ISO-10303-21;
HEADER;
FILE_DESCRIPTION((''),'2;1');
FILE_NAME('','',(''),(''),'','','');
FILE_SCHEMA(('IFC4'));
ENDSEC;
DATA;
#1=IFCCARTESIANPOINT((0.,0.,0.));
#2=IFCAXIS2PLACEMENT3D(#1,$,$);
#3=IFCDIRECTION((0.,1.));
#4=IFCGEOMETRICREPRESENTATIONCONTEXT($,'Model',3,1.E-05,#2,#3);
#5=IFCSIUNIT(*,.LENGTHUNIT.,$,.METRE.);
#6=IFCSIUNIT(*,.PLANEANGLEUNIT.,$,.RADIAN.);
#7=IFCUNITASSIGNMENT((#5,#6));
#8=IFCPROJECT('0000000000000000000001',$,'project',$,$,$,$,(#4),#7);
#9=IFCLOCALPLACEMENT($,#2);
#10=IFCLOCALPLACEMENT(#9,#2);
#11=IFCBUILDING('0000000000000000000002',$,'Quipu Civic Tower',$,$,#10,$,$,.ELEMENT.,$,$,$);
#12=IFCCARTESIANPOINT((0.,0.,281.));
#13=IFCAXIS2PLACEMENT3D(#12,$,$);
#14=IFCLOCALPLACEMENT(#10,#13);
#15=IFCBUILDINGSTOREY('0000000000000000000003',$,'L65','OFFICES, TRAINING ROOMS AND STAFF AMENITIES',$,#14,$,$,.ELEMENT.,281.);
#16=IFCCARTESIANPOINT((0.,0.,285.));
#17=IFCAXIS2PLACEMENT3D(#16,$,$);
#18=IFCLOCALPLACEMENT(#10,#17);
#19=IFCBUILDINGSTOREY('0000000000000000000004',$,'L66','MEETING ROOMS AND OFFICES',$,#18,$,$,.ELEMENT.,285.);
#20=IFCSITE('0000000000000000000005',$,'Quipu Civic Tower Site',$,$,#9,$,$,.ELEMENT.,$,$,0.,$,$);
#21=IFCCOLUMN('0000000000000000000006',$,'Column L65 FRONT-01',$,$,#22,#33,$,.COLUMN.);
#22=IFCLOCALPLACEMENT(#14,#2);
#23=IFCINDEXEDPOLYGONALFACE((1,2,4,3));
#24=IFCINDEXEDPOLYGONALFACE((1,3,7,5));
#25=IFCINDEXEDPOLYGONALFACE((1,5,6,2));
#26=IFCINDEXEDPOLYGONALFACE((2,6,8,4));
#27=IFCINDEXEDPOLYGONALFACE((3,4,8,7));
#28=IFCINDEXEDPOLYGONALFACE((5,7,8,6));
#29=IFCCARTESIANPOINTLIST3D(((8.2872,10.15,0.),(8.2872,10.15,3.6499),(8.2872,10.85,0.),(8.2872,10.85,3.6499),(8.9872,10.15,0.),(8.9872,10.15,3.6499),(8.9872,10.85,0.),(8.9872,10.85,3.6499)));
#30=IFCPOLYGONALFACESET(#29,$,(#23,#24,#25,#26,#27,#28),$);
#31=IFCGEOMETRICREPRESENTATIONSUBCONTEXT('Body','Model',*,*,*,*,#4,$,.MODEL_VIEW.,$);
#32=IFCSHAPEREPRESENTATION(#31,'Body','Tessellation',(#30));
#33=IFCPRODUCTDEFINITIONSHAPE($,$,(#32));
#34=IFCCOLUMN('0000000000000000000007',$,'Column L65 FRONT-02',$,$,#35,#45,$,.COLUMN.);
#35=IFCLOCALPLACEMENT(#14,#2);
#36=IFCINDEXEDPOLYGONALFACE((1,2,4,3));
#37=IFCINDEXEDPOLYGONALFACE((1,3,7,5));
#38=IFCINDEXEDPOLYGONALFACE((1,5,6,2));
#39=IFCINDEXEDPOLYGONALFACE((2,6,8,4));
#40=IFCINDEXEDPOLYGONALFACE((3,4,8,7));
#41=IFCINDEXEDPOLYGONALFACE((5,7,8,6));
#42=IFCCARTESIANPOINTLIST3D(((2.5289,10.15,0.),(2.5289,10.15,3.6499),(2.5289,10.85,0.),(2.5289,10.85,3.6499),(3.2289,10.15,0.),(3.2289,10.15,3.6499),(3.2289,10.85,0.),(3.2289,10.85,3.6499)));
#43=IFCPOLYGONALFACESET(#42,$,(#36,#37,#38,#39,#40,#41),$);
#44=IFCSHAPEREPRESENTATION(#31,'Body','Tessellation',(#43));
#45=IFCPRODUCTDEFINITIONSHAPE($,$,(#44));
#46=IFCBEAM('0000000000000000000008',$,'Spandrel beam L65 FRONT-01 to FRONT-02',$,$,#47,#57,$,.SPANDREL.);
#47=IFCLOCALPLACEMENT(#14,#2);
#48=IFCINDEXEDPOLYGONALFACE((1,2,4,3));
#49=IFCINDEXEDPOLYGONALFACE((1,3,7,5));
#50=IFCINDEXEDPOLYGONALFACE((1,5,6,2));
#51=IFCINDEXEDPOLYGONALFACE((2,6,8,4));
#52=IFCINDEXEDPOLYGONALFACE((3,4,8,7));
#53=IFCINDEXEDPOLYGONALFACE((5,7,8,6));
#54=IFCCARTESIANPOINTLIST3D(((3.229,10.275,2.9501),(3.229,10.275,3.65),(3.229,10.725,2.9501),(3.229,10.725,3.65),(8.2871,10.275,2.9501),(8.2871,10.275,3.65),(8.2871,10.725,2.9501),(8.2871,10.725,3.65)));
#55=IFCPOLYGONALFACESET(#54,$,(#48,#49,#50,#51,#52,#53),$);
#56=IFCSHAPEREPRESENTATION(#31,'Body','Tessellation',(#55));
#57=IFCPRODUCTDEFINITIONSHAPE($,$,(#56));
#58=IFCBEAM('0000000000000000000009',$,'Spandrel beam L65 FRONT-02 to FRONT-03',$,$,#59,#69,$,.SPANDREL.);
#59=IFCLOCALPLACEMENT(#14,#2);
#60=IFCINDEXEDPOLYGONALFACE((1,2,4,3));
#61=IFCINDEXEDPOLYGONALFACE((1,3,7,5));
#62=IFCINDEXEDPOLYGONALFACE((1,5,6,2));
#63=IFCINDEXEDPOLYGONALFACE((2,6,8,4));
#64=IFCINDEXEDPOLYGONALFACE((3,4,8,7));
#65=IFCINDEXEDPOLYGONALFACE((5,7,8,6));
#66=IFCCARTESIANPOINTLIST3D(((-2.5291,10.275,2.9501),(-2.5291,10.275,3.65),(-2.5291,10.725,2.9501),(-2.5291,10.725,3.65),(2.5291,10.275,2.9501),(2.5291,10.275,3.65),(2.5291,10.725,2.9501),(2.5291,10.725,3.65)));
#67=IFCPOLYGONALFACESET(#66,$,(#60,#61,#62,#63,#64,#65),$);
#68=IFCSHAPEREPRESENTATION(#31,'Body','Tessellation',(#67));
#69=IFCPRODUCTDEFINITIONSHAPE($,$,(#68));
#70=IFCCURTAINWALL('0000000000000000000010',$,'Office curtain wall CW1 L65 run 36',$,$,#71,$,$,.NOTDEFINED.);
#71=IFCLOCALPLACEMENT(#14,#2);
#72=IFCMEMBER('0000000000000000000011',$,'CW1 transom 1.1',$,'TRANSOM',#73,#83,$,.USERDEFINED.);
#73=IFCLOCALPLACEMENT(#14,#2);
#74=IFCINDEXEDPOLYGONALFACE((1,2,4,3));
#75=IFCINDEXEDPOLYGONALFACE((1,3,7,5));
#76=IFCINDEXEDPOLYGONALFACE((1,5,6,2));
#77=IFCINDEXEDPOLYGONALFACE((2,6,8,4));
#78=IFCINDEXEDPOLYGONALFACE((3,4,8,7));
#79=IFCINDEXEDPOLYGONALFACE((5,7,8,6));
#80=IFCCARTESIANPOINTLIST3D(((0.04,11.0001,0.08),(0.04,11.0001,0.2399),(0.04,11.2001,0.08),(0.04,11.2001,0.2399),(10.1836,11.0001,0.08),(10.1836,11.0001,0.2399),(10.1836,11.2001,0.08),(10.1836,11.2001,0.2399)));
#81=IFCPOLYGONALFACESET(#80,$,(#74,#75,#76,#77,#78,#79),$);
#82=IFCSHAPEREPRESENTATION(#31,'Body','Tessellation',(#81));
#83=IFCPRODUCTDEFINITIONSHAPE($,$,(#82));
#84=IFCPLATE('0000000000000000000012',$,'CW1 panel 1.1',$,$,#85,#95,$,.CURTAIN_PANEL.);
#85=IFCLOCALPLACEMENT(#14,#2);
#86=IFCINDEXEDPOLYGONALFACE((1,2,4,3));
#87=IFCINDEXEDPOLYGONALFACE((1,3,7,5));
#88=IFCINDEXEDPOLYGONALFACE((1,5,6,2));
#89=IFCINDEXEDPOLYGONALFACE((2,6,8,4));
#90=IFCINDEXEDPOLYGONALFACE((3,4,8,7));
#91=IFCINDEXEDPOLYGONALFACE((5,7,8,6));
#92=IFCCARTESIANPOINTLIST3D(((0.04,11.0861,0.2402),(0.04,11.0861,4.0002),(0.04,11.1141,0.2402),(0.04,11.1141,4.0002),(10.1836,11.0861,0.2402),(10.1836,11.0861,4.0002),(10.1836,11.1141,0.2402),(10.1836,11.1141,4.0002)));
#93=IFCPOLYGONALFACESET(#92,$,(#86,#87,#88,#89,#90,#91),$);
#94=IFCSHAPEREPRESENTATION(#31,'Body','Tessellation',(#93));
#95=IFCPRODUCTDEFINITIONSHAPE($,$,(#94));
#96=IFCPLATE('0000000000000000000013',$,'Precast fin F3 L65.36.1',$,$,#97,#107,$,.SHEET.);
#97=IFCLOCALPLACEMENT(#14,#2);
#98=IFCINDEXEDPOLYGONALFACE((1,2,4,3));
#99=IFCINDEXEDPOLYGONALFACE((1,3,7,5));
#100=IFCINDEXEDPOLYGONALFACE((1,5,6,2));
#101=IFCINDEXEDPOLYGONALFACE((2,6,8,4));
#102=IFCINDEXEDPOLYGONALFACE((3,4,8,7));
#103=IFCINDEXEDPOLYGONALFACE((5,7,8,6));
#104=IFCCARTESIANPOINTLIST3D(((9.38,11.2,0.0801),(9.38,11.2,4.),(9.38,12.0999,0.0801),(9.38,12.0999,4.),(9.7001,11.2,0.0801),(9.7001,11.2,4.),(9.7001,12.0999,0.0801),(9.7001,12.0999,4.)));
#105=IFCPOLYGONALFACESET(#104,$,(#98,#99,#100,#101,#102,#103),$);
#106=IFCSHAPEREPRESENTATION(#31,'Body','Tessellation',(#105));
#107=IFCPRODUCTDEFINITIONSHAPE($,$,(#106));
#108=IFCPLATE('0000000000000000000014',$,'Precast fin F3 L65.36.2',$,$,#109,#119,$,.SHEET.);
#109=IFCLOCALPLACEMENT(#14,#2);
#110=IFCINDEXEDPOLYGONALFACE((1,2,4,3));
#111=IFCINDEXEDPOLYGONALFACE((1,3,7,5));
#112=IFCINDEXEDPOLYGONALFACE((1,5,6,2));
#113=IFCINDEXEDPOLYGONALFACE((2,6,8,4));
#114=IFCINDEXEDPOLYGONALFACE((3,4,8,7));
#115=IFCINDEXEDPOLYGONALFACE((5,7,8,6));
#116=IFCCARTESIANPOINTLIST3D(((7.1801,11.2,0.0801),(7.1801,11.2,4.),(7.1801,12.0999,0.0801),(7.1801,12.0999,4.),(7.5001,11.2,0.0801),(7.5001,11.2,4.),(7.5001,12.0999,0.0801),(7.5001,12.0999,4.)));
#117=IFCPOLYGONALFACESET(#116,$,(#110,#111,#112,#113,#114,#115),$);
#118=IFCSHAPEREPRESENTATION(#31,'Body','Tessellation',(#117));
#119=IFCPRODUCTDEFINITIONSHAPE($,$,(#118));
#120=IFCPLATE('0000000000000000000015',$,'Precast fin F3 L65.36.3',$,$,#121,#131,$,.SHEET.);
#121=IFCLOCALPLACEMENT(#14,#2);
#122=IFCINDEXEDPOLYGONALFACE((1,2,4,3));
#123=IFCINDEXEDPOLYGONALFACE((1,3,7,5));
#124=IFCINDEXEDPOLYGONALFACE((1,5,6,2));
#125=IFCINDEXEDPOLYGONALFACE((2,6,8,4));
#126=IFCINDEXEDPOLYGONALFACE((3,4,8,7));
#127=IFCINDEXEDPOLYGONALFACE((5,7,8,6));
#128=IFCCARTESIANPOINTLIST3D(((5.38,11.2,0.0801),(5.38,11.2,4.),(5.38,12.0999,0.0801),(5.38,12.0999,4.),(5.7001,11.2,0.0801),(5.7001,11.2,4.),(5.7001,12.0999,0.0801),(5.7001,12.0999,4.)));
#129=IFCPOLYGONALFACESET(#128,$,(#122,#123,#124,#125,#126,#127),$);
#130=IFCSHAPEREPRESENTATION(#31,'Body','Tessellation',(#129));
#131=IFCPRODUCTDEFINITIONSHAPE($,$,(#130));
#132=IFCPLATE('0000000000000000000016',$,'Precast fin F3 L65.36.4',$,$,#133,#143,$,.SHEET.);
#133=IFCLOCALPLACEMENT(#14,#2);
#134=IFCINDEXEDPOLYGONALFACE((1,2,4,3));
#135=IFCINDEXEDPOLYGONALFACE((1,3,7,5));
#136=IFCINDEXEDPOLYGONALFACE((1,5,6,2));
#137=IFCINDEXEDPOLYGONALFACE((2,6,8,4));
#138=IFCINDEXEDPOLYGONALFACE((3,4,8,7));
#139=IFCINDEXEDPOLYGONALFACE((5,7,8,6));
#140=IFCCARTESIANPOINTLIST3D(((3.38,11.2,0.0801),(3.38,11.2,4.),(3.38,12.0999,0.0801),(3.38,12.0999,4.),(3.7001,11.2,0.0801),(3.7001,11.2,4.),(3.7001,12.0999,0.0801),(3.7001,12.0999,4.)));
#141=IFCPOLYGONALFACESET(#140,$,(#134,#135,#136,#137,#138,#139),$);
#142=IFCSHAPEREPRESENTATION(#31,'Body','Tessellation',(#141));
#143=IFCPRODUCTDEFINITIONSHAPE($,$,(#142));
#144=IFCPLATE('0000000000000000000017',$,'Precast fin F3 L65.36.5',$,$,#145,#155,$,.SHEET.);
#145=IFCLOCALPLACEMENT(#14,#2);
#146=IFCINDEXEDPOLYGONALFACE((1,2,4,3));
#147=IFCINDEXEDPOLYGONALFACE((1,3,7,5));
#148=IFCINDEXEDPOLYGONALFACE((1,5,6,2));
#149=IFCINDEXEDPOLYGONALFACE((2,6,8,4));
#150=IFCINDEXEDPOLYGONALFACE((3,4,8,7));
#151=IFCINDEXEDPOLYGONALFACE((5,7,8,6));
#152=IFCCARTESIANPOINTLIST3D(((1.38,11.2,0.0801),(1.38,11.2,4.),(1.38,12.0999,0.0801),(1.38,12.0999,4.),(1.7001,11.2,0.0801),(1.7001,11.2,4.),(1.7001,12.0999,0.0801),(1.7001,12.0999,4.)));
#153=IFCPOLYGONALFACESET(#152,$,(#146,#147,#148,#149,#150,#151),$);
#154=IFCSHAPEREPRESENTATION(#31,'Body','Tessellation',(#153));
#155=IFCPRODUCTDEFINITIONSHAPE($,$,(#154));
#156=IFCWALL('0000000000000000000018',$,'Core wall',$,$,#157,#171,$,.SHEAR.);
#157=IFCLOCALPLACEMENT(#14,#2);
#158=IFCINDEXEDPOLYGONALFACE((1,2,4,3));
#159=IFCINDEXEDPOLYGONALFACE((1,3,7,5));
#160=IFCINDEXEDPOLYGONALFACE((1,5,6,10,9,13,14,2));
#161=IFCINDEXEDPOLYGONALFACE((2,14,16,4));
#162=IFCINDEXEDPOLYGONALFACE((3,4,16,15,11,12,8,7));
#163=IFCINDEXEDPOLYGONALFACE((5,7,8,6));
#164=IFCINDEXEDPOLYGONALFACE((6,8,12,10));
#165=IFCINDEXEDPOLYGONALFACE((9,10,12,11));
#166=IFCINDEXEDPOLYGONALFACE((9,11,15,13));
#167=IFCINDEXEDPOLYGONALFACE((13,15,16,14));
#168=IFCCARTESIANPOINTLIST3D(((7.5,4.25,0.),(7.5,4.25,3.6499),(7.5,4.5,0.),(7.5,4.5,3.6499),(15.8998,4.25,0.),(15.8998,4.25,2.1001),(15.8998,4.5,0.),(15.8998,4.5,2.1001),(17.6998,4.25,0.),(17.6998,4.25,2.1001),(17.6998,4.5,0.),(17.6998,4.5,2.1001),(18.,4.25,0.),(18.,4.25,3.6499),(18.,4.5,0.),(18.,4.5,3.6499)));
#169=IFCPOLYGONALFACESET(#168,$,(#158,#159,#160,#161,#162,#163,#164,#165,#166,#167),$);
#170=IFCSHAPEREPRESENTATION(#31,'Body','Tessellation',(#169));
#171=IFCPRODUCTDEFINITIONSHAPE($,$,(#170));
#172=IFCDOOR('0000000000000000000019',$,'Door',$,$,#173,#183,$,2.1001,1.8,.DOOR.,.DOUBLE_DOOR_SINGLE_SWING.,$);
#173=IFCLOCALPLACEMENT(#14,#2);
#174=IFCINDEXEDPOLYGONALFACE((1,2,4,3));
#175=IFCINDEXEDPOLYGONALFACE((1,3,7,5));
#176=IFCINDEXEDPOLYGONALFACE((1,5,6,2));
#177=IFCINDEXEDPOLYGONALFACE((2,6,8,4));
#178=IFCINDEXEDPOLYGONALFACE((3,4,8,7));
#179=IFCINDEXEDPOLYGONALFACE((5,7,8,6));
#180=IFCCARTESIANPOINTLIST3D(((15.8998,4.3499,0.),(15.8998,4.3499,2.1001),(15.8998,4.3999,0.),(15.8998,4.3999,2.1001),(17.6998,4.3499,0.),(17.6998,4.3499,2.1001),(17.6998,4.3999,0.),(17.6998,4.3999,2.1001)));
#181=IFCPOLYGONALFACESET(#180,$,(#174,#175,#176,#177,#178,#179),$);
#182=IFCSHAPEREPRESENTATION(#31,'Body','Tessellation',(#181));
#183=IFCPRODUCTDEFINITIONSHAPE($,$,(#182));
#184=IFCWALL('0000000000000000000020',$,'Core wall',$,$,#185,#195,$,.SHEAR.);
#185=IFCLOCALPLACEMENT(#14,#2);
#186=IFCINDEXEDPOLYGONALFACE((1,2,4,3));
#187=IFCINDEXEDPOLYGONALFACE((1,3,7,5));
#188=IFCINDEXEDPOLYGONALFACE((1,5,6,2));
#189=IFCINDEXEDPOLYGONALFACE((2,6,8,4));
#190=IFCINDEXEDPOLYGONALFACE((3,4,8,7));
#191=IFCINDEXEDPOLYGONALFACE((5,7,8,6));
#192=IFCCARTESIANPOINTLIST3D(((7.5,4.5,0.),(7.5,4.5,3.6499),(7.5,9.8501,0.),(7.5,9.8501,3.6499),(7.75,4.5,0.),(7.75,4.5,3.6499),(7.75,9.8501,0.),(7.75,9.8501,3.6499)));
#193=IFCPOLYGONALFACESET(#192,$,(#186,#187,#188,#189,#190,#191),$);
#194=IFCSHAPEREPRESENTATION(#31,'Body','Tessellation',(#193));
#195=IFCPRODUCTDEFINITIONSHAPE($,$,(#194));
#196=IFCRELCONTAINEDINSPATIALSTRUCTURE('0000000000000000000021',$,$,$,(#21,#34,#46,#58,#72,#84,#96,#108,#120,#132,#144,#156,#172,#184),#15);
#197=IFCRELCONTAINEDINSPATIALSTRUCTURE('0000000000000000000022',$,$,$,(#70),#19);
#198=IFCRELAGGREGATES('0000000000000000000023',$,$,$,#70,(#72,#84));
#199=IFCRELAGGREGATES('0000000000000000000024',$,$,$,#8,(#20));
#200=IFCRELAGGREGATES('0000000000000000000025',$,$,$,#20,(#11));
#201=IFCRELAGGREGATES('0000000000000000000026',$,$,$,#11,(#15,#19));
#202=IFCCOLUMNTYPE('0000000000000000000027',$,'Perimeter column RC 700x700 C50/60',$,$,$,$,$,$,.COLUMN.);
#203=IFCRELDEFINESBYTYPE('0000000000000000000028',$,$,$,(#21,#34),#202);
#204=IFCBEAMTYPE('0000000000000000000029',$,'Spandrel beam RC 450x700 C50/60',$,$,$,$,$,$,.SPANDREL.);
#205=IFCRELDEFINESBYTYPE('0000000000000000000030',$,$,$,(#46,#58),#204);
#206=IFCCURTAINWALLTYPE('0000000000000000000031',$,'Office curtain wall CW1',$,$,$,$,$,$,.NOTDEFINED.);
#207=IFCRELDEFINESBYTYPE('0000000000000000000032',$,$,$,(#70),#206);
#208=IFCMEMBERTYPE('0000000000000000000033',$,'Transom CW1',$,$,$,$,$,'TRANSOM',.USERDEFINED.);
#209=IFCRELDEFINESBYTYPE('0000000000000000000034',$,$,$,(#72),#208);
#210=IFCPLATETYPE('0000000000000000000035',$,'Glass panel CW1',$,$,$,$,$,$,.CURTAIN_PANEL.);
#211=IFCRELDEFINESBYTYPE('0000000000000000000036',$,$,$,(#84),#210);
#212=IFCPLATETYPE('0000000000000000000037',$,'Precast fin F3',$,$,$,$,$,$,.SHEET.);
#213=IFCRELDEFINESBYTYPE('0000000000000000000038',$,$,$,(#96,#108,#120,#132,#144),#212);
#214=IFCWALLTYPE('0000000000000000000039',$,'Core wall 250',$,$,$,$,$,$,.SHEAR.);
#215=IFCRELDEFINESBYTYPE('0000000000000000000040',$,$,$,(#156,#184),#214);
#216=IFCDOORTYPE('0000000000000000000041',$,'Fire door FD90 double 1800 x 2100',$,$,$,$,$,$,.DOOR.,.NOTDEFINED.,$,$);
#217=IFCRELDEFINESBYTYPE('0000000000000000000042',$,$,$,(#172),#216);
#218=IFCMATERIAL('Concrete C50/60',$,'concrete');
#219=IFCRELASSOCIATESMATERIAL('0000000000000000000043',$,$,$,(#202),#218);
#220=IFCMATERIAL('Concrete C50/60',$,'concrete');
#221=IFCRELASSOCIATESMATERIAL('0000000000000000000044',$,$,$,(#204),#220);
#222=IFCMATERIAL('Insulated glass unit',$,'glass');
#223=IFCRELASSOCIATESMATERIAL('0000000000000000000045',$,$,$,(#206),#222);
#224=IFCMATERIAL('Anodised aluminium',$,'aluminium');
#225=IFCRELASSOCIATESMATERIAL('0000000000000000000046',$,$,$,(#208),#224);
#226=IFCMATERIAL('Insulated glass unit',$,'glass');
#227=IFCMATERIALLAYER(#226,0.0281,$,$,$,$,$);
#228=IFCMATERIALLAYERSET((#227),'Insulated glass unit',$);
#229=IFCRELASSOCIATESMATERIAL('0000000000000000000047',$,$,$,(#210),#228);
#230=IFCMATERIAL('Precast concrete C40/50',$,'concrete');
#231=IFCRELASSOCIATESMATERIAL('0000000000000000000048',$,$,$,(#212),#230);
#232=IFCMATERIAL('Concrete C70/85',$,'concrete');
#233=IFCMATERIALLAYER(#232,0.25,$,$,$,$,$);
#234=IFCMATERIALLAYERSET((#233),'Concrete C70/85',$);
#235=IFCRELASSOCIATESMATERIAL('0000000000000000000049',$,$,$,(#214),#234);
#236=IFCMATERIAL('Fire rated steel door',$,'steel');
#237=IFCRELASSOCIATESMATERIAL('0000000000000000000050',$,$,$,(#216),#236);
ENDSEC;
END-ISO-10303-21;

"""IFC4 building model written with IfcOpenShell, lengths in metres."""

from ifc_helpers import new_model, si_unit, direction, frame, frame_2d, origin, origin_2d, place, context, subcontext, project, spatial, rectangle, extrude, material, layer, layer_set, material_profile, profile_set, type_object, element, fill, aggregate, save


model = new_model("IFC4")

# Units and contexts
model_context = context("Model", 3, precision=1e-05, world=origin(), true_north=direction((0.0, 1.0)))
body_context = subcontext(model_context, "Body", "Model", "MODEL_VIEW")
ifc_project = project(units=[si_unit("LENGTHUNIT", "METRE"), si_unit("PLANEANGLEUNIT", "RADIAN")], contexts=[model_context])

# Site, building, storey
site_placement = place(None, origin())
site = spatial("IfcSite", under=ifc_project, at=site_placement, Name="Quipu Civic Tower Site", CompositionType="ELEMENT", RefElevation=0.0)
building_placement = place(site_placement, origin())
building = spatial("IfcBuilding", under=site, at=building_placement, Name="Quipu Civic Tower", CompositionType="ELEMENT")
storey_1_placement = place(building_placement, frame((0.0, 0.0, 281.0)))
storey_1 = spatial("IfcBuildingStorey", under=building, at=storey_1_placement, Name="L65", Description="OFFICES, TRAINING ROOMS AND STAFF AMENITIES", CompositionType="ELEMENT", Elevation=281.0)

# Columns
ifc_material_1 = material(Name="Concrete C50/60", Category="concrete")
ifc_material_profile_1 = material_profile(ifc_material_1, rectangle(XDim=0.7, YDim=0.7, at=origin_2d()), Name="RC700x700")
ifc_profile_set_1 = profile_set([ifc_material_profile_1], Name="Concrete C50/60")
column_type = type_object("IfcColumnType", Name="Perimeter column RC 700x700 C50/60", PredefinedType="COLUMN", material=ifc_profile_set_1)
for number, where, z_axis, x_axis, name in (
    (1, (8.6372, 10.5, 0.0), (0.0, 0.0, 1.0), (-1.0, 0.0, 0.0), "Column L65 FRONT-01"),
    (2, (2.8789, 10.5, 0.0), (0.0, 0.0, 1.0), (-1.0, 0.0, 0.0), "Column L65 FRONT-02"),
):
    element("IfcColumn", number, at=place(storey_1_placement, frame(where, z_axis=z_axis, x_axis=x_axis)), inside=storey_1, type_object=column_type, Name=name, PredefinedType="COLUMN", context=body_context, shape_type="SweptSolid", body=[
        extrude(rectangle(XDim=0.7, YDim=0.7, at=origin_2d()), origin(), (0.0, 0.0, 1.0), 3.6499),
    ])

# Beams
ifc_material_2 = material(Name="Concrete C50/60", Category="concrete")
ifc_material_profile_2 = material_profile(ifc_material_2, rectangle(XDim=0.45, YDim=0.7, at=origin_2d()), Name="RC450x700")
ifc_profile_set_2 = profile_set([ifc_material_profile_2], Name="Concrete C50/60")
beam_type = type_object("IfcBeamType", Name="Spandrel beam RC 450x700 C50/60", PredefinedType="SPANDREL", material=ifc_profile_set_2)
for number, where, z_axis, x_axis, name in (
    (3, (8.2871, 10.5, 3.3), (-1.0, 0.0, 0.0), (0.0, -1.0, 0.0), "Spandrel beam L65 FRONT-01 to FRONT-02"),
    (4, (2.5291, 10.5, 3.3), (-1.0, 0.0, 0.0), (0.0, -1.0, 0.0), "Spandrel beam L65 FRONT-02 to FRONT-03"),
):
    element("IfcBeam", number, at=place(storey_1_placement, frame(where, z_axis=z_axis, x_axis=x_axis)), inside=storey_1, type_object=beam_type, Name=name, PredefinedType="SPANDREL", context=body_context, shape_type="SweptSolid", body=[
        extrude(rectangle(XDim=0.45, YDim=0.7, at=origin_2d()), origin(), (0.0, 0.0, 1.0), 5.0581),
    ])

# Shared definitions
storey_2_placement = place(building_placement, frame((0.0, 0.0, 285.0)))
storey_2 = spatial("IfcBuildingStorey", under=building, at=storey_2_placement, Name="L66", Description="MEETING ROOMS AND OFFICES", CompositionType="ELEMENT", Elevation=285.0)

# Curtain wall, member, plate
ifc_material_3 = material(Name="Insulated glass unit", Category="glass")
curtain_wall_type = type_object("IfcCurtainWallType", Name="Office curtain wall CW1", PredefinedType="NOTDEFINED", material=ifc_material_3)
curtain_wall_placement = place(storey_2_placement, origin())
curtain_wall = element("IfcCurtainWall", 5, at=curtain_wall_placement, inside=storey_2, type_object=curtain_wall_type, Name="Office curtain wall CW1 L65 run 36", PredefinedType="NOTDEFINED")
ifc_material_4 = material(Name="Anodised aluminium", Category="aluminium")
ifc_material_profile_3 = material_profile(ifc_material_4, rectangle(XDim=0.2, YDim=0.1599, at=origin_2d()), Name="RECT 200x160")
ifc_profile_set_3 = profile_set([ifc_material_profile_3], Name="Anodised aluminium")
member_type = type_object("IfcMemberType", Name="Transom CW1", ElementType="TRANSOM", PredefinedType="USERDEFINED", material=ifc_profile_set_3)
member_placement = place(storey_1_placement, frame((10.1836, 11.1001, 0.1599), z_axis=(-1.0, 0.0, 0.0), x_axis=(0.0, -1.0, 0.0)))
member = element("IfcMember", 6, at=member_placement, inside=storey_1, type_object=member_type, Name="CW1 transom 1.1", ObjectType="TRANSOM", PredefinedType="USERDEFINED", context=body_context, shape_type="SweptSolid", body=[
    extrude(rectangle(XDim=0.2, YDim=0.1599, at=origin_2d()), origin(), (0.0, 0.0, 1.0), 10.1436),
])
ifc_material_5 = material(Name="Insulated glass unit", Category="glass")
ifc_layer_1 = layer(ifc_material_5, 0.0281)
ifc_layer_set_1 = layer_set([ifc_layer_1], Name="Insulated glass unit")
plate_type_1 = type_object("IfcPlateType", Name="Glass panel CW1", PredefinedType="CURTAIN_PANEL", material=ifc_layer_set_1)
plate_placement = place(storey_1_placement, frame((5.1118, 11.1001, 0.2402), z_axis=(0.0, 0.0, 1.0), x_axis=(-1.0, 0.0, 0.0)))
plate = element("IfcPlate", 7, at=plate_placement, inside=storey_1, type_object=plate_type_1, Name="CW1 panel 1.1", PredefinedType="CURTAIN_PANEL", context=body_context, shape_type="SweptSolid", body=[
    extrude(rectangle(XDim=10.1436, YDim=0.0281, at=origin_2d()), origin(), (0.0, 0.0, 1.0), 3.76),
])
aggregate(curtain_wall, [member, plate])

# Plates
ifc_material_6 = material(Name="Precast concrete C40/50", Category="concrete")
plate_type_2 = type_object("IfcPlateType", Name="Precast fin F3", PredefinedType="SHEET", material=ifc_material_6)
for number, where, z_axis, x_axis, name in (
    (8, (9.54, 11.6499, 0.0801), (0.0, 0.0, 1.0), (-1.0, 0.0, 0.0), "Precast fin F3 L65.36.1"),
    (9, (7.3401, 11.6499, 0.0801), (0.0, 0.0, 1.0), (-1.0, 0.0, 0.0), "Precast fin F3 L65.36.2"),
    (10, (5.54, 11.6499, 0.0801), (0.0, 0.0, 1.0), (-1.0, 0.0, 0.0), "Precast fin F3 L65.36.3"),
    (11, (3.54, 11.6499, 0.0801), (0.0, 0.0, 1.0), (-1.0, 0.0, 0.0), "Precast fin F3 L65.36.4"),
    (12, (1.54, 11.6499, 0.0801), (0.0, 0.0, 1.0), (-1.0, 0.0, 0.0), "Precast fin F3 L65.36.5"),
):
    element("IfcPlate", number, at=place(storey_1_placement, frame(where, z_axis=z_axis, x_axis=x_axis)), inside=storey_1, type_object=plate_type_2, Name=name, PredefinedType="SHEET", context=body_context, shape_type="SweptSolid", body=[
        extrude(rectangle(XDim=0.3201, YDim=0.8999, at=origin_2d()), origin(), (0.0, 0.0, 1.0), 3.9199),
    ])

# Wall, opening, door
ifc_material_7 = material(Name="Concrete C70/85", Category="concrete")
ifc_layer_2 = layer(ifc_material_7, 0.25)
ifc_layer_set_2 = layer_set([ifc_layer_2], Name="Concrete C70/85")
wall_type = type_object("IfcWallType", Name="Core wall 250", PredefinedType="SHEAR", material=ifc_layer_set_2)
wall_1_placement = place(storey_1_placement, frame((7.5, 4.375, 0.0), z_axis=(0.0, 0.0, 1.0), x_axis=(1.0, 0.0, 0.0)))
wall_1 = element("IfcWall", 13, at=wall_1_placement, inside=storey_1, type_object=wall_type, Name="Core wall", PredefinedType="SHEAR", context=body_context, shape_type="SweptSolid", body=[
    extrude(rectangle(XDim=10.5, YDim=0.25, at=frame_2d((5.25, 0.0))), origin(), (0.0, 0.0, 1.0), 3.6499),
])
opening_1_placement = place(wall_1_placement, frame((8.3999, 0.0, 0.0)))
opening_1 = element("IfcOpeningElement", 14, at=opening_1_placement, cuts=wall_1, PredefinedType="OPENING", context=body_context, shape_type="SweptSolid", body=[
    extrude(rectangle(XDim=1.8, YDim=2.1001, at=frame_2d((0.8999, 1.05))), frame((0.0, 0.135, 0.0), z_axis=(0.0, -1.0, 0.0), x_axis=(1.0, 0.0, 0.0)), (0.0, 0.0, 1.0), 0.27),
])
ifc_material_8 = material(Name="Fire rated steel door", Category="steel")
door_type = type_object("IfcDoorType", Name="Fire door FD90 double 1800 x 2100", OperationType="NOTDEFINED", PredefinedType="DOOR", material=ifc_material_8)
door_placement = place(opening_1_placement, origin())
door = element("IfcDoor", 15, at=door_placement, inside=storey_1, type_object=door_type, Name="Door", OperationType="DOUBLE_DOOR_SINGLE_SWING", OverallHeight=2.1001, OverallWidth=1.8, PredefinedType="DOOR", context=body_context, shape_type="SweptSolid", body=[
    extrude(rectangle(XDim=1.8, YDim=2.1001, at=frame_2d((0.8999, 1.05))), frame((0.0, 0.0249, 0.0), z_axis=(0.0, -1.0, 0.0), x_axis=(1.0, 0.0, 0.0)), (0.0, 0.0, 1.0), 0.05),
])
fill(opening_1, door)

# Wall
wall_2_placement = place(storey_1_placement, frame((7.625, 4.5, 0.0), z_axis=(0.0, 0.0, 1.0), x_axis=(0.0, 1.0, 0.0)))
element("IfcWall", 16, at=wall_2_placement, inside=storey_1, type_object=wall_type, Name="Core wall", PredefinedType="SHEAR", context=body_context, shape_type="SweptSolid", body=[
    extrude(rectangle(XDim=5.3501, YDim=0.25, at=frame_2d((2.675, 0.0))), origin(), (0.0, 0.0, 1.0), 3.6499),
])

save(model, "model.ifc")
